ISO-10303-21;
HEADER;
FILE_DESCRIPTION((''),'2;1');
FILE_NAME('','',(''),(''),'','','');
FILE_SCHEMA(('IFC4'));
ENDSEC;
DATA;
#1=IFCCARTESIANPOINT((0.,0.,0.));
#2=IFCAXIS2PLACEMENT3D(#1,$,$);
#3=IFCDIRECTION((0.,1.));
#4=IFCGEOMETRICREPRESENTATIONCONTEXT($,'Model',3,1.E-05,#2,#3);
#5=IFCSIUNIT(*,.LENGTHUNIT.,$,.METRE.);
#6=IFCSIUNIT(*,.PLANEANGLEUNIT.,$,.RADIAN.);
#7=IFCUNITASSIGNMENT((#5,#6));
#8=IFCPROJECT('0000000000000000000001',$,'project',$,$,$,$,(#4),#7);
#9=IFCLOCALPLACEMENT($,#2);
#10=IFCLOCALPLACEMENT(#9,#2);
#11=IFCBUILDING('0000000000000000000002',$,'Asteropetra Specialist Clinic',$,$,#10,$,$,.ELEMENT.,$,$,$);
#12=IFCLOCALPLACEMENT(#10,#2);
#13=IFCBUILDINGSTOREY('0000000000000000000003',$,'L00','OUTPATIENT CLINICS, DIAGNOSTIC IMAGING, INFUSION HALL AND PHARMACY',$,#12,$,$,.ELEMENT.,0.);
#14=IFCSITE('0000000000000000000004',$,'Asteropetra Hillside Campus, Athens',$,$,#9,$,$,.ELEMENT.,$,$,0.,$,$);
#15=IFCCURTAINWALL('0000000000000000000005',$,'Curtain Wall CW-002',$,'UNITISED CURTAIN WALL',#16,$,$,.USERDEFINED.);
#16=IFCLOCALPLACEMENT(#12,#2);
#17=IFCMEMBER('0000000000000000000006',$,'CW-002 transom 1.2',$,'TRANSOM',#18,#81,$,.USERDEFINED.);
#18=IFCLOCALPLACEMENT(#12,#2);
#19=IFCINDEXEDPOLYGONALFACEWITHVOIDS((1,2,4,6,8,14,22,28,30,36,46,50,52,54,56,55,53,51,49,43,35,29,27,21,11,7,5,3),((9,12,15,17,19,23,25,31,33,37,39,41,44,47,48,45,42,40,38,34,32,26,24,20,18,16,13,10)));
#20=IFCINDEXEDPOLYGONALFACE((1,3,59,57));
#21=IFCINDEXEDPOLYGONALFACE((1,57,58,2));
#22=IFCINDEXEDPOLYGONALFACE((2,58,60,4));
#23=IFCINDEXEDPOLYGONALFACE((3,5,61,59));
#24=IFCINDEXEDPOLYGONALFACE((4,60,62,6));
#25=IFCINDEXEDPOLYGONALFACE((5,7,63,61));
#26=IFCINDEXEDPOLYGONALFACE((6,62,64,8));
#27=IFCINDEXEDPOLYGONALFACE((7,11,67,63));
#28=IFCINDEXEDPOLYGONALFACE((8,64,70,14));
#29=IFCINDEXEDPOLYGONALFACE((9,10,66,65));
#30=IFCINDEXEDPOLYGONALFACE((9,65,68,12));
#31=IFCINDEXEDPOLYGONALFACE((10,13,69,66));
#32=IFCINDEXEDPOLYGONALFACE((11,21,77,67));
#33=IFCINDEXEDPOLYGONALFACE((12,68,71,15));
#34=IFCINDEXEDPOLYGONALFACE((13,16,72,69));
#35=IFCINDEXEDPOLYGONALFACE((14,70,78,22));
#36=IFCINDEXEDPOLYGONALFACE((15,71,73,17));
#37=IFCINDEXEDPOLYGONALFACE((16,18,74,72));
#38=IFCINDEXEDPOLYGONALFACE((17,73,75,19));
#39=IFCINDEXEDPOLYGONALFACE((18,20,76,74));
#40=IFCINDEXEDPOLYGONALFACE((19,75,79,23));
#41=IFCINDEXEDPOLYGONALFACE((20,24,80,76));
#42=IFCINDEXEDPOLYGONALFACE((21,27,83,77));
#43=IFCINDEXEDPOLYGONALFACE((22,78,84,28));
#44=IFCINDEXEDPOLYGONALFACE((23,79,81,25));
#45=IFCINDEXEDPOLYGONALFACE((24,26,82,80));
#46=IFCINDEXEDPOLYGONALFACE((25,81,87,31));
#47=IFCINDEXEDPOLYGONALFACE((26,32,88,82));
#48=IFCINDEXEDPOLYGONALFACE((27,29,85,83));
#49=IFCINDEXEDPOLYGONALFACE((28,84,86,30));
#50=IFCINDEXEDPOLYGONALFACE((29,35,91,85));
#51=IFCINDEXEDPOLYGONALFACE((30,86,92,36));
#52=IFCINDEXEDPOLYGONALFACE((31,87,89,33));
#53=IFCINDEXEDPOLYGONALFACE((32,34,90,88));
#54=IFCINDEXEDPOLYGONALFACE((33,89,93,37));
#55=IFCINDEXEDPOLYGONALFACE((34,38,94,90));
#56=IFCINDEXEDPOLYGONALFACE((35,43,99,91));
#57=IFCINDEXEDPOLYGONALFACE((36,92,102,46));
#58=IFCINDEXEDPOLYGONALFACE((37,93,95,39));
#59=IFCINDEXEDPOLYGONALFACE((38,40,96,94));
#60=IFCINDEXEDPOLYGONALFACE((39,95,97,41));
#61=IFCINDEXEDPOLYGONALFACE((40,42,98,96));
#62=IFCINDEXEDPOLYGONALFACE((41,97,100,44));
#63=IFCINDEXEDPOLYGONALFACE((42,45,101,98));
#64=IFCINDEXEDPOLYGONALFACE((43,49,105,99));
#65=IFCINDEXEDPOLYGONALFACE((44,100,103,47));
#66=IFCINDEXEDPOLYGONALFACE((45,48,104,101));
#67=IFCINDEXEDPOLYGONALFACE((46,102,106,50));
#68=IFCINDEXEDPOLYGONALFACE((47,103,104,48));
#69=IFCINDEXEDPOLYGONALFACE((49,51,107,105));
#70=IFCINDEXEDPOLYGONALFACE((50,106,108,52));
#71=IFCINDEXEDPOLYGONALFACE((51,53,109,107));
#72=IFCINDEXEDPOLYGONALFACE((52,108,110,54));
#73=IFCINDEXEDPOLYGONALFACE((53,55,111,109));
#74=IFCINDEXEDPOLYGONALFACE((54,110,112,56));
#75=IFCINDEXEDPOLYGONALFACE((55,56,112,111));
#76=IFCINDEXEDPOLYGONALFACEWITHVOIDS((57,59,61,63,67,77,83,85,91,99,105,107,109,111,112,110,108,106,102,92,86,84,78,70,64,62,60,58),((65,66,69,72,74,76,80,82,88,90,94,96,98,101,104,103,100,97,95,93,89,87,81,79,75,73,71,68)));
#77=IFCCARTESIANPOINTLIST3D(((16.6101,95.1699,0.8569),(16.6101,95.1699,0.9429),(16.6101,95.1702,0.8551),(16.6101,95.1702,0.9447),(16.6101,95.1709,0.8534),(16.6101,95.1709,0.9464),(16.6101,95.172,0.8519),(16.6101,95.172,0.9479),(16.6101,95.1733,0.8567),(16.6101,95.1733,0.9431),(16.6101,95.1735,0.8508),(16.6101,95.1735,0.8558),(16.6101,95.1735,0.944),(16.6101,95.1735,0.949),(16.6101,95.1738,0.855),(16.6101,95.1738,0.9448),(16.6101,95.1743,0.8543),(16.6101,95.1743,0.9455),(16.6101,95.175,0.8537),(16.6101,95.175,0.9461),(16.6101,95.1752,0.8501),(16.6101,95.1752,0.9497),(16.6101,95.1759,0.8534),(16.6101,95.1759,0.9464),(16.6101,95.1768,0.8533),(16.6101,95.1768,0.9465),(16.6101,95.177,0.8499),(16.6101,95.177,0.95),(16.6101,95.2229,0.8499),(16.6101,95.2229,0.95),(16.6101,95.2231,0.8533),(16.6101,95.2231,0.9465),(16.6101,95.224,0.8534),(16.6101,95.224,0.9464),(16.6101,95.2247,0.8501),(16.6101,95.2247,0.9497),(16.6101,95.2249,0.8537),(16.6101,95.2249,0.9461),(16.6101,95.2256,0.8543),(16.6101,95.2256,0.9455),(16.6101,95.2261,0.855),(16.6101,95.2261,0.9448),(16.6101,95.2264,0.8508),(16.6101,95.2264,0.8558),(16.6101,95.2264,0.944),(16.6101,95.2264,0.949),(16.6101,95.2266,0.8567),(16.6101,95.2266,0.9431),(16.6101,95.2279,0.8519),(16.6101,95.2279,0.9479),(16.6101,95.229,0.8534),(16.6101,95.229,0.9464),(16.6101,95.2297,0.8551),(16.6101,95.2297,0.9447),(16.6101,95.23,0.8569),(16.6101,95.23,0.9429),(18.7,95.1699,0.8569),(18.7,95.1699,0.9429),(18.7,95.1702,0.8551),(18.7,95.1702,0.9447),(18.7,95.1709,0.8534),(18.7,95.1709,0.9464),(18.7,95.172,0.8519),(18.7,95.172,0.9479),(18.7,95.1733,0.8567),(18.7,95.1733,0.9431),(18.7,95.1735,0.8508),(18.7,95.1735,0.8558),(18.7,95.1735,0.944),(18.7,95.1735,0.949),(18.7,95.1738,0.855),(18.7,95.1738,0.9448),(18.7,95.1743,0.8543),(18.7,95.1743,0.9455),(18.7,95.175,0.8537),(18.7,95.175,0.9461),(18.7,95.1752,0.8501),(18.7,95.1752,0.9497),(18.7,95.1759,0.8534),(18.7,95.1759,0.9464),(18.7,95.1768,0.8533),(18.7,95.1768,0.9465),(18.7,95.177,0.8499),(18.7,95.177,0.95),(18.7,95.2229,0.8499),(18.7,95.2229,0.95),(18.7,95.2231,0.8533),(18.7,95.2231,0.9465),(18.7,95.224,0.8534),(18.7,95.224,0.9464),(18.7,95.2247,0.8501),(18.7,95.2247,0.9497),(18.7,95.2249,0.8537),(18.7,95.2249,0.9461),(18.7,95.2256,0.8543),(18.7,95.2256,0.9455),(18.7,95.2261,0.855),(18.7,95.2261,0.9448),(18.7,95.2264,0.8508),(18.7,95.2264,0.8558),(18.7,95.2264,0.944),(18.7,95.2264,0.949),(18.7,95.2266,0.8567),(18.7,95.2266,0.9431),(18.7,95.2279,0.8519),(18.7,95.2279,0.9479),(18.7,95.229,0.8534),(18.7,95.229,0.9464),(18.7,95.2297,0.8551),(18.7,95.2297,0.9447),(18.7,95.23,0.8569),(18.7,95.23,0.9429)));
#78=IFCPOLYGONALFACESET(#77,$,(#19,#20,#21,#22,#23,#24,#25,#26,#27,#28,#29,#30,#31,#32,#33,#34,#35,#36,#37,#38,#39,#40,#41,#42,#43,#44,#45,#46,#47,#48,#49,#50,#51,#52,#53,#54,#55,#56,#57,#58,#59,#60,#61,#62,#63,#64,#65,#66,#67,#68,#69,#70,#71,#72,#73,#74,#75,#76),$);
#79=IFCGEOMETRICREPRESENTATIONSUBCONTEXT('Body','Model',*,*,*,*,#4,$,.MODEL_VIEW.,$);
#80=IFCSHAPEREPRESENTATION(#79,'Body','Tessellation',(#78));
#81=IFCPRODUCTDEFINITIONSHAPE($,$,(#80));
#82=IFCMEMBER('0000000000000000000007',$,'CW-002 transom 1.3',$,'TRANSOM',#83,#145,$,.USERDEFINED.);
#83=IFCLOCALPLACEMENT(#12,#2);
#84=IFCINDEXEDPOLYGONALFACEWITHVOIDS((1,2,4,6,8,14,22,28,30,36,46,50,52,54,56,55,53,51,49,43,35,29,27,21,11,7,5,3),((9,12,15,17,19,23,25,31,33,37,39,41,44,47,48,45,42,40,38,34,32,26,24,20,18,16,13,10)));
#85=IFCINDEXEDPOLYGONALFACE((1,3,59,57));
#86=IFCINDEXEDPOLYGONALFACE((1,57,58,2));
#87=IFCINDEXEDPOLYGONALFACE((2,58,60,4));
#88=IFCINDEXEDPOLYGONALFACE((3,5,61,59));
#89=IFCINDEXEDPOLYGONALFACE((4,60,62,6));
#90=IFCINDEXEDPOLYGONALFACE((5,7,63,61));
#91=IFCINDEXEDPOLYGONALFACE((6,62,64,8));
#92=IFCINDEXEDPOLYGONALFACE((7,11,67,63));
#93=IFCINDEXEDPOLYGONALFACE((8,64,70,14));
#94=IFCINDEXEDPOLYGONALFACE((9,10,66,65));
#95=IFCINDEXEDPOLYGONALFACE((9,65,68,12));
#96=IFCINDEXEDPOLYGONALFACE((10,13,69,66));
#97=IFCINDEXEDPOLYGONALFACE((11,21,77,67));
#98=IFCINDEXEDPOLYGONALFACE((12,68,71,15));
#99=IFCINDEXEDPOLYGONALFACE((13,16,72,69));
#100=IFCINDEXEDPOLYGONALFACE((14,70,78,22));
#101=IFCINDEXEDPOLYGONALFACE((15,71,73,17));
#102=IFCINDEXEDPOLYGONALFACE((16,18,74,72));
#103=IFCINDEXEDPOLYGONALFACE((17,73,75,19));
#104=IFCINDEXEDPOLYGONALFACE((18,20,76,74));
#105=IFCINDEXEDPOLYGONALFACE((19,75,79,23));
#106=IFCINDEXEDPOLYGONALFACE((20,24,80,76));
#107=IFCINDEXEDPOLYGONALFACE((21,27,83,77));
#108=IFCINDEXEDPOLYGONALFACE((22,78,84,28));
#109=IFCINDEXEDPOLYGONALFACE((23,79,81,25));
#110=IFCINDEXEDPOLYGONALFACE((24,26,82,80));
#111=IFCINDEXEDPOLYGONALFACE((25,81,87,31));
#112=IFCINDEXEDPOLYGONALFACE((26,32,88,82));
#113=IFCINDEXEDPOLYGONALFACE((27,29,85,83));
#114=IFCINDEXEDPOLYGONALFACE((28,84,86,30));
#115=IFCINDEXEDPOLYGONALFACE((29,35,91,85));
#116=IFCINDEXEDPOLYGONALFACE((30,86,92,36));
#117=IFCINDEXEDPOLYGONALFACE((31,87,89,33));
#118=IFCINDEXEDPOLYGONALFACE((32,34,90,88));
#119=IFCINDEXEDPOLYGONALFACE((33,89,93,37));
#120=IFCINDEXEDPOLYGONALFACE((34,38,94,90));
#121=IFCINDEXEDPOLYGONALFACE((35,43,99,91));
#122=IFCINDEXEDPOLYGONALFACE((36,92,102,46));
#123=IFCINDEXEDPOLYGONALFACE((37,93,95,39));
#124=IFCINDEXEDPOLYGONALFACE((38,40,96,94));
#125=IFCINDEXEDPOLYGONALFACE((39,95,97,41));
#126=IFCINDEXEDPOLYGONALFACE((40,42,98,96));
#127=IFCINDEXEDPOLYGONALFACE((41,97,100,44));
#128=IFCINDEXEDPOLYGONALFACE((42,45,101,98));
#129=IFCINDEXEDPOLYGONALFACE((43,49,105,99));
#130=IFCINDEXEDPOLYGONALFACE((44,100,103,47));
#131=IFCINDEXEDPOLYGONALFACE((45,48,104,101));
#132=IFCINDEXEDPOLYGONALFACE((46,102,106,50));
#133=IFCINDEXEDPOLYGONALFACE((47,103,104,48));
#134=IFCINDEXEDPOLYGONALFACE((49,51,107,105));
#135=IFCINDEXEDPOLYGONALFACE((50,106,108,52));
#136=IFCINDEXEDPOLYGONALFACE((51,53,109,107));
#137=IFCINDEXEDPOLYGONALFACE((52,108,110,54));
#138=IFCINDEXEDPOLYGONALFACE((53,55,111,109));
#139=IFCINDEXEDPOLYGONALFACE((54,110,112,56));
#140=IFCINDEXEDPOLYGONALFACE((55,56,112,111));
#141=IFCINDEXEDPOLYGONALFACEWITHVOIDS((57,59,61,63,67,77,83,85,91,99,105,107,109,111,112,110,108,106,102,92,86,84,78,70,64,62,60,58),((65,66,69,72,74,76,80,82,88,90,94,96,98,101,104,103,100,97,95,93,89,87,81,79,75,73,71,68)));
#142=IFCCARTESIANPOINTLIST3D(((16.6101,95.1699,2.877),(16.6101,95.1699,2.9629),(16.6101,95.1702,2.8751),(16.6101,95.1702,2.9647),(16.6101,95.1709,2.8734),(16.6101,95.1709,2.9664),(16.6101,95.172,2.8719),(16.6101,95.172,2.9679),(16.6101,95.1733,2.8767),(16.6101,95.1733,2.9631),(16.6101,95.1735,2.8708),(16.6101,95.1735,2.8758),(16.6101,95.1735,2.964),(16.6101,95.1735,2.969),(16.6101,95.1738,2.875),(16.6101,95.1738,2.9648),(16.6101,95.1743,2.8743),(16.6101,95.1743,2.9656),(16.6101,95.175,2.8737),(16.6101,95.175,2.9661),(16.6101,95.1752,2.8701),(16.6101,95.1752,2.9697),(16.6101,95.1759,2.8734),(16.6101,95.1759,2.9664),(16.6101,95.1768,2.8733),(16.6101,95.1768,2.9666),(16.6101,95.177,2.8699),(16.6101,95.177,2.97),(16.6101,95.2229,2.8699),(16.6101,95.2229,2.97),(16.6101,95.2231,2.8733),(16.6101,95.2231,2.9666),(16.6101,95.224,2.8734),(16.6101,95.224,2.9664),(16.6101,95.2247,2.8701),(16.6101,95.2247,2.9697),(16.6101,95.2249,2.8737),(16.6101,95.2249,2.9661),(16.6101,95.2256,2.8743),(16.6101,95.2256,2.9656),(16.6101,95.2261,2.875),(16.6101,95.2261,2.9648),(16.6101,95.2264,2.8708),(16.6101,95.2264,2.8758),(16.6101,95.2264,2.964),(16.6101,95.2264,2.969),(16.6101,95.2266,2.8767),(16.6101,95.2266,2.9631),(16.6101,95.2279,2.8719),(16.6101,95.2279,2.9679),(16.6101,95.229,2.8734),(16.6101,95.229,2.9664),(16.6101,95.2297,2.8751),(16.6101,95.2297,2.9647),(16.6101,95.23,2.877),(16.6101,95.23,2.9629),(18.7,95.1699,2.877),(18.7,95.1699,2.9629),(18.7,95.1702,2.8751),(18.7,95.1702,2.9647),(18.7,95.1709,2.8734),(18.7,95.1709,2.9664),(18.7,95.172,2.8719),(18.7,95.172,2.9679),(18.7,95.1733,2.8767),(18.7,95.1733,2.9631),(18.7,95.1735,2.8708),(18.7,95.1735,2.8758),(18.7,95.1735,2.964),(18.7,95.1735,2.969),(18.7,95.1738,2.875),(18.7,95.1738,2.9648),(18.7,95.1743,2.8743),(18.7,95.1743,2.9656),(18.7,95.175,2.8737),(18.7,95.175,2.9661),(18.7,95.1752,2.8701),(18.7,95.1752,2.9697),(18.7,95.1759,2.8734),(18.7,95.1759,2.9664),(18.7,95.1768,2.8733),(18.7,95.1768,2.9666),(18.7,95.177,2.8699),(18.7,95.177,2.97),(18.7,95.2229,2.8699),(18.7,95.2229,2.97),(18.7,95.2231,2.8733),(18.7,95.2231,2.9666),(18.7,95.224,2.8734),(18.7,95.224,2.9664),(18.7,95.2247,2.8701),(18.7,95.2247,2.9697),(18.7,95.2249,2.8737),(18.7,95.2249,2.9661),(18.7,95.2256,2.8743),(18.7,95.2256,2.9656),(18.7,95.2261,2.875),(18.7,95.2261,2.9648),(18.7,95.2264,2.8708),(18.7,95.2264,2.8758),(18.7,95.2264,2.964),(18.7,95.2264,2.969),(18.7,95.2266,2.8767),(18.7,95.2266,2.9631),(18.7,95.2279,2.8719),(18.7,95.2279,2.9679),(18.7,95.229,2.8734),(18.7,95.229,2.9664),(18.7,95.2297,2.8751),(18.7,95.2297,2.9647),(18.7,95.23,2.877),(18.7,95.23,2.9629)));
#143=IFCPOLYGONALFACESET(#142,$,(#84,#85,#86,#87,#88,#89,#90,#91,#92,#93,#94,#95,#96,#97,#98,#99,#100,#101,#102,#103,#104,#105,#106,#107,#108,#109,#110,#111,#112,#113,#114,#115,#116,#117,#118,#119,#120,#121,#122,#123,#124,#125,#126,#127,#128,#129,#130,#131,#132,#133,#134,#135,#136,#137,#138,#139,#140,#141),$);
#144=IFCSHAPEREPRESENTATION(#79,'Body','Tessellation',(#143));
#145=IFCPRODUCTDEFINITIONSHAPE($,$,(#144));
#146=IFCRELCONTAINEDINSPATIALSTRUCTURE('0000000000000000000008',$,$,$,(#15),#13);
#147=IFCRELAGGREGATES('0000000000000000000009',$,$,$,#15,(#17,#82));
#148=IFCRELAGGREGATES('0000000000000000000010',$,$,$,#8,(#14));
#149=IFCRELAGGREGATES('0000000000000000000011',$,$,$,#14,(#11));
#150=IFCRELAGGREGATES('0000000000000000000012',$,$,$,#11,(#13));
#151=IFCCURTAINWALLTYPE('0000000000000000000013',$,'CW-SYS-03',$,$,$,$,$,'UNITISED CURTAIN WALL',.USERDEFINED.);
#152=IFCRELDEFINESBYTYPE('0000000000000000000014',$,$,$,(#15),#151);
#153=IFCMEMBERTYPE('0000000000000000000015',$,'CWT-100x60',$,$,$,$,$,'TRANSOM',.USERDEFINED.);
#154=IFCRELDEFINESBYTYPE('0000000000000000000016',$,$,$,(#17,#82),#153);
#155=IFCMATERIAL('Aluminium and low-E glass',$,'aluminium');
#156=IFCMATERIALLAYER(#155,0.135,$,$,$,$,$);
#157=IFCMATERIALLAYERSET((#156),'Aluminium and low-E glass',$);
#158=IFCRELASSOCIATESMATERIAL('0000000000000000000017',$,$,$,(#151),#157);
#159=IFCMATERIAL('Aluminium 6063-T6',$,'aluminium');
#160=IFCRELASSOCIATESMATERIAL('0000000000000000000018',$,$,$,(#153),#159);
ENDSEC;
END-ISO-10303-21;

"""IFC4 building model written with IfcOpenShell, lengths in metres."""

from ifc_helpers import new_model, si_unit, direction, frame, origin, origin_2d, place, context, subcontext, project, spatial, hollow_rectangle, extrude, material, layer, layer_set, material_profile, profile_set, type_object, element, aggregate, save


model = new_model("IFC4")

# Units and contexts
model_context = context("Model", 3, precision=1e-05, world=origin(), true_north=direction((0.0, 1.0)))
body_context = subcontext(model_context, "Body", "Model", "MODEL_VIEW")
ifc_project = project(units=[si_unit("LENGTHUNIT", "METRE"), si_unit("PLANEANGLEUNIT", "RADIAN")], contexts=[model_context])

# Site, building, storey
site_placement = place(None, origin())
site = spatial("IfcSite", under=ifc_project, at=site_placement, Name="Asteropetra Hillside Campus, Athens", CompositionType="ELEMENT", RefElevation=0.0)
building_placement = place(site_placement, origin())
building = spatial("IfcBuilding", under=site, at=building_placement, Name="Asteropetra Specialist Clinic", CompositionType="ELEMENT")
storey_placement = place(building_placement, origin())
storey = spatial("IfcBuildingStorey", under=building, at=storey_placement, Name="L00", Description="OUTPATIENT CLINICS, DIAGNOSTIC IMAGING, INFUSION HALL AND PHARMACY", CompositionType="ELEMENT", Elevation=0.0)

# Curtain wall
ifc_material_1 = material(Name="Aluminium and low-E glass", Category="aluminium")
ifc_layer_1 = layer(ifc_material_1, 0.135)
ifc_layer_set_1 = layer_set([ifc_layer_1], Name="Aluminium and low-E glass")
curtain_wall_type_1 = type_object("IfcCurtainWallType", Name="CW-SYS-03", ElementType="UNITISED CURTAIN WALL", PredefinedType="USERDEFINED", material=ifc_layer_set_1)
curtain_wall_1_placement = place(storey_placement, origin())
curtain_wall_1 = element("IfcCurtainWall", 1, at=curtain_wall_1_placement, inside=storey, type_object=curtain_wall_type_1, Name="Curtain Wall CW-002", ObjectType="UNITISED CURTAIN WALL", PredefinedType="USERDEFINED")

# Members
ifc_material_2 = material(Name="Aluminium 6063-T6", Category="aluminium")
ifc_material_profile_1 = material_profile(ifc_material_2, hollow_rectangle(XDim=0.0601, YDim=0.1001, WallThickness=0.0034, InnerFilletRadius=0.0034, OuterFilletRadius=0.0071, at=origin_2d()), Name="TRN 100x60x3.5")
ifc_profile_set_1 = profile_set([ifc_material_profile_1], Name="Aluminium 6063-T6")
member_type_1 = type_object("IfcMemberType", Name="CWT-100x60", ElementType="TRANSOM", PredefinedType="USERDEFINED", material=ifc_profile_set_1)
member_1_placement = place(storey_placement, frame((18.7, 95.2, 0.8999), z_axis=(-1.0, 0.0, 0.0), x_axis=(0.0, -1.0, 0.0)))
member_1 = element("IfcMember", 2, at=member_1_placement, type_object=member_type_1, Name="CW-002 transom 1.2", ObjectType="TRANSOM", PredefinedType="USERDEFINED", context=body_context, shape_type="SweptSolid", body=[
    extrude(hollow_rectangle(XDim=0.0601, YDim=0.1001, WallThickness=0.0034, InnerFilletRadius=0.0034, OuterFilletRadius=0.0071, at=origin_2d()), origin(), (0.0, 0.0, 1.0), 2.0898),
])
member_2_placement = place(storey_placement, frame((18.7, 95.2, 2.9199), z_axis=(-1.0, 0.0, 0.0), x_axis=(0.0, -1.0, 0.0)))
member_2 = element("IfcMember", 3, at=member_2_placement, type_object=member_type_1, Name="CW-002 transom 1.3", ObjectType="TRANSOM", PredefinedType="USERDEFINED", context=body_context, shape_type="SweptSolid", body=[
    extrude(hollow_rectangle(XDim=0.0601, YDim=0.1001, WallThickness=0.0034, InnerFilletRadius=0.0034, OuterFilletRadius=0.0071, at=origin_2d()), origin(), (0.0, 0.0, 1.0), 2.0898),
])

aggregate(curtain_wall_1, [member_1, member_2])

save(model, "model.ifc")
